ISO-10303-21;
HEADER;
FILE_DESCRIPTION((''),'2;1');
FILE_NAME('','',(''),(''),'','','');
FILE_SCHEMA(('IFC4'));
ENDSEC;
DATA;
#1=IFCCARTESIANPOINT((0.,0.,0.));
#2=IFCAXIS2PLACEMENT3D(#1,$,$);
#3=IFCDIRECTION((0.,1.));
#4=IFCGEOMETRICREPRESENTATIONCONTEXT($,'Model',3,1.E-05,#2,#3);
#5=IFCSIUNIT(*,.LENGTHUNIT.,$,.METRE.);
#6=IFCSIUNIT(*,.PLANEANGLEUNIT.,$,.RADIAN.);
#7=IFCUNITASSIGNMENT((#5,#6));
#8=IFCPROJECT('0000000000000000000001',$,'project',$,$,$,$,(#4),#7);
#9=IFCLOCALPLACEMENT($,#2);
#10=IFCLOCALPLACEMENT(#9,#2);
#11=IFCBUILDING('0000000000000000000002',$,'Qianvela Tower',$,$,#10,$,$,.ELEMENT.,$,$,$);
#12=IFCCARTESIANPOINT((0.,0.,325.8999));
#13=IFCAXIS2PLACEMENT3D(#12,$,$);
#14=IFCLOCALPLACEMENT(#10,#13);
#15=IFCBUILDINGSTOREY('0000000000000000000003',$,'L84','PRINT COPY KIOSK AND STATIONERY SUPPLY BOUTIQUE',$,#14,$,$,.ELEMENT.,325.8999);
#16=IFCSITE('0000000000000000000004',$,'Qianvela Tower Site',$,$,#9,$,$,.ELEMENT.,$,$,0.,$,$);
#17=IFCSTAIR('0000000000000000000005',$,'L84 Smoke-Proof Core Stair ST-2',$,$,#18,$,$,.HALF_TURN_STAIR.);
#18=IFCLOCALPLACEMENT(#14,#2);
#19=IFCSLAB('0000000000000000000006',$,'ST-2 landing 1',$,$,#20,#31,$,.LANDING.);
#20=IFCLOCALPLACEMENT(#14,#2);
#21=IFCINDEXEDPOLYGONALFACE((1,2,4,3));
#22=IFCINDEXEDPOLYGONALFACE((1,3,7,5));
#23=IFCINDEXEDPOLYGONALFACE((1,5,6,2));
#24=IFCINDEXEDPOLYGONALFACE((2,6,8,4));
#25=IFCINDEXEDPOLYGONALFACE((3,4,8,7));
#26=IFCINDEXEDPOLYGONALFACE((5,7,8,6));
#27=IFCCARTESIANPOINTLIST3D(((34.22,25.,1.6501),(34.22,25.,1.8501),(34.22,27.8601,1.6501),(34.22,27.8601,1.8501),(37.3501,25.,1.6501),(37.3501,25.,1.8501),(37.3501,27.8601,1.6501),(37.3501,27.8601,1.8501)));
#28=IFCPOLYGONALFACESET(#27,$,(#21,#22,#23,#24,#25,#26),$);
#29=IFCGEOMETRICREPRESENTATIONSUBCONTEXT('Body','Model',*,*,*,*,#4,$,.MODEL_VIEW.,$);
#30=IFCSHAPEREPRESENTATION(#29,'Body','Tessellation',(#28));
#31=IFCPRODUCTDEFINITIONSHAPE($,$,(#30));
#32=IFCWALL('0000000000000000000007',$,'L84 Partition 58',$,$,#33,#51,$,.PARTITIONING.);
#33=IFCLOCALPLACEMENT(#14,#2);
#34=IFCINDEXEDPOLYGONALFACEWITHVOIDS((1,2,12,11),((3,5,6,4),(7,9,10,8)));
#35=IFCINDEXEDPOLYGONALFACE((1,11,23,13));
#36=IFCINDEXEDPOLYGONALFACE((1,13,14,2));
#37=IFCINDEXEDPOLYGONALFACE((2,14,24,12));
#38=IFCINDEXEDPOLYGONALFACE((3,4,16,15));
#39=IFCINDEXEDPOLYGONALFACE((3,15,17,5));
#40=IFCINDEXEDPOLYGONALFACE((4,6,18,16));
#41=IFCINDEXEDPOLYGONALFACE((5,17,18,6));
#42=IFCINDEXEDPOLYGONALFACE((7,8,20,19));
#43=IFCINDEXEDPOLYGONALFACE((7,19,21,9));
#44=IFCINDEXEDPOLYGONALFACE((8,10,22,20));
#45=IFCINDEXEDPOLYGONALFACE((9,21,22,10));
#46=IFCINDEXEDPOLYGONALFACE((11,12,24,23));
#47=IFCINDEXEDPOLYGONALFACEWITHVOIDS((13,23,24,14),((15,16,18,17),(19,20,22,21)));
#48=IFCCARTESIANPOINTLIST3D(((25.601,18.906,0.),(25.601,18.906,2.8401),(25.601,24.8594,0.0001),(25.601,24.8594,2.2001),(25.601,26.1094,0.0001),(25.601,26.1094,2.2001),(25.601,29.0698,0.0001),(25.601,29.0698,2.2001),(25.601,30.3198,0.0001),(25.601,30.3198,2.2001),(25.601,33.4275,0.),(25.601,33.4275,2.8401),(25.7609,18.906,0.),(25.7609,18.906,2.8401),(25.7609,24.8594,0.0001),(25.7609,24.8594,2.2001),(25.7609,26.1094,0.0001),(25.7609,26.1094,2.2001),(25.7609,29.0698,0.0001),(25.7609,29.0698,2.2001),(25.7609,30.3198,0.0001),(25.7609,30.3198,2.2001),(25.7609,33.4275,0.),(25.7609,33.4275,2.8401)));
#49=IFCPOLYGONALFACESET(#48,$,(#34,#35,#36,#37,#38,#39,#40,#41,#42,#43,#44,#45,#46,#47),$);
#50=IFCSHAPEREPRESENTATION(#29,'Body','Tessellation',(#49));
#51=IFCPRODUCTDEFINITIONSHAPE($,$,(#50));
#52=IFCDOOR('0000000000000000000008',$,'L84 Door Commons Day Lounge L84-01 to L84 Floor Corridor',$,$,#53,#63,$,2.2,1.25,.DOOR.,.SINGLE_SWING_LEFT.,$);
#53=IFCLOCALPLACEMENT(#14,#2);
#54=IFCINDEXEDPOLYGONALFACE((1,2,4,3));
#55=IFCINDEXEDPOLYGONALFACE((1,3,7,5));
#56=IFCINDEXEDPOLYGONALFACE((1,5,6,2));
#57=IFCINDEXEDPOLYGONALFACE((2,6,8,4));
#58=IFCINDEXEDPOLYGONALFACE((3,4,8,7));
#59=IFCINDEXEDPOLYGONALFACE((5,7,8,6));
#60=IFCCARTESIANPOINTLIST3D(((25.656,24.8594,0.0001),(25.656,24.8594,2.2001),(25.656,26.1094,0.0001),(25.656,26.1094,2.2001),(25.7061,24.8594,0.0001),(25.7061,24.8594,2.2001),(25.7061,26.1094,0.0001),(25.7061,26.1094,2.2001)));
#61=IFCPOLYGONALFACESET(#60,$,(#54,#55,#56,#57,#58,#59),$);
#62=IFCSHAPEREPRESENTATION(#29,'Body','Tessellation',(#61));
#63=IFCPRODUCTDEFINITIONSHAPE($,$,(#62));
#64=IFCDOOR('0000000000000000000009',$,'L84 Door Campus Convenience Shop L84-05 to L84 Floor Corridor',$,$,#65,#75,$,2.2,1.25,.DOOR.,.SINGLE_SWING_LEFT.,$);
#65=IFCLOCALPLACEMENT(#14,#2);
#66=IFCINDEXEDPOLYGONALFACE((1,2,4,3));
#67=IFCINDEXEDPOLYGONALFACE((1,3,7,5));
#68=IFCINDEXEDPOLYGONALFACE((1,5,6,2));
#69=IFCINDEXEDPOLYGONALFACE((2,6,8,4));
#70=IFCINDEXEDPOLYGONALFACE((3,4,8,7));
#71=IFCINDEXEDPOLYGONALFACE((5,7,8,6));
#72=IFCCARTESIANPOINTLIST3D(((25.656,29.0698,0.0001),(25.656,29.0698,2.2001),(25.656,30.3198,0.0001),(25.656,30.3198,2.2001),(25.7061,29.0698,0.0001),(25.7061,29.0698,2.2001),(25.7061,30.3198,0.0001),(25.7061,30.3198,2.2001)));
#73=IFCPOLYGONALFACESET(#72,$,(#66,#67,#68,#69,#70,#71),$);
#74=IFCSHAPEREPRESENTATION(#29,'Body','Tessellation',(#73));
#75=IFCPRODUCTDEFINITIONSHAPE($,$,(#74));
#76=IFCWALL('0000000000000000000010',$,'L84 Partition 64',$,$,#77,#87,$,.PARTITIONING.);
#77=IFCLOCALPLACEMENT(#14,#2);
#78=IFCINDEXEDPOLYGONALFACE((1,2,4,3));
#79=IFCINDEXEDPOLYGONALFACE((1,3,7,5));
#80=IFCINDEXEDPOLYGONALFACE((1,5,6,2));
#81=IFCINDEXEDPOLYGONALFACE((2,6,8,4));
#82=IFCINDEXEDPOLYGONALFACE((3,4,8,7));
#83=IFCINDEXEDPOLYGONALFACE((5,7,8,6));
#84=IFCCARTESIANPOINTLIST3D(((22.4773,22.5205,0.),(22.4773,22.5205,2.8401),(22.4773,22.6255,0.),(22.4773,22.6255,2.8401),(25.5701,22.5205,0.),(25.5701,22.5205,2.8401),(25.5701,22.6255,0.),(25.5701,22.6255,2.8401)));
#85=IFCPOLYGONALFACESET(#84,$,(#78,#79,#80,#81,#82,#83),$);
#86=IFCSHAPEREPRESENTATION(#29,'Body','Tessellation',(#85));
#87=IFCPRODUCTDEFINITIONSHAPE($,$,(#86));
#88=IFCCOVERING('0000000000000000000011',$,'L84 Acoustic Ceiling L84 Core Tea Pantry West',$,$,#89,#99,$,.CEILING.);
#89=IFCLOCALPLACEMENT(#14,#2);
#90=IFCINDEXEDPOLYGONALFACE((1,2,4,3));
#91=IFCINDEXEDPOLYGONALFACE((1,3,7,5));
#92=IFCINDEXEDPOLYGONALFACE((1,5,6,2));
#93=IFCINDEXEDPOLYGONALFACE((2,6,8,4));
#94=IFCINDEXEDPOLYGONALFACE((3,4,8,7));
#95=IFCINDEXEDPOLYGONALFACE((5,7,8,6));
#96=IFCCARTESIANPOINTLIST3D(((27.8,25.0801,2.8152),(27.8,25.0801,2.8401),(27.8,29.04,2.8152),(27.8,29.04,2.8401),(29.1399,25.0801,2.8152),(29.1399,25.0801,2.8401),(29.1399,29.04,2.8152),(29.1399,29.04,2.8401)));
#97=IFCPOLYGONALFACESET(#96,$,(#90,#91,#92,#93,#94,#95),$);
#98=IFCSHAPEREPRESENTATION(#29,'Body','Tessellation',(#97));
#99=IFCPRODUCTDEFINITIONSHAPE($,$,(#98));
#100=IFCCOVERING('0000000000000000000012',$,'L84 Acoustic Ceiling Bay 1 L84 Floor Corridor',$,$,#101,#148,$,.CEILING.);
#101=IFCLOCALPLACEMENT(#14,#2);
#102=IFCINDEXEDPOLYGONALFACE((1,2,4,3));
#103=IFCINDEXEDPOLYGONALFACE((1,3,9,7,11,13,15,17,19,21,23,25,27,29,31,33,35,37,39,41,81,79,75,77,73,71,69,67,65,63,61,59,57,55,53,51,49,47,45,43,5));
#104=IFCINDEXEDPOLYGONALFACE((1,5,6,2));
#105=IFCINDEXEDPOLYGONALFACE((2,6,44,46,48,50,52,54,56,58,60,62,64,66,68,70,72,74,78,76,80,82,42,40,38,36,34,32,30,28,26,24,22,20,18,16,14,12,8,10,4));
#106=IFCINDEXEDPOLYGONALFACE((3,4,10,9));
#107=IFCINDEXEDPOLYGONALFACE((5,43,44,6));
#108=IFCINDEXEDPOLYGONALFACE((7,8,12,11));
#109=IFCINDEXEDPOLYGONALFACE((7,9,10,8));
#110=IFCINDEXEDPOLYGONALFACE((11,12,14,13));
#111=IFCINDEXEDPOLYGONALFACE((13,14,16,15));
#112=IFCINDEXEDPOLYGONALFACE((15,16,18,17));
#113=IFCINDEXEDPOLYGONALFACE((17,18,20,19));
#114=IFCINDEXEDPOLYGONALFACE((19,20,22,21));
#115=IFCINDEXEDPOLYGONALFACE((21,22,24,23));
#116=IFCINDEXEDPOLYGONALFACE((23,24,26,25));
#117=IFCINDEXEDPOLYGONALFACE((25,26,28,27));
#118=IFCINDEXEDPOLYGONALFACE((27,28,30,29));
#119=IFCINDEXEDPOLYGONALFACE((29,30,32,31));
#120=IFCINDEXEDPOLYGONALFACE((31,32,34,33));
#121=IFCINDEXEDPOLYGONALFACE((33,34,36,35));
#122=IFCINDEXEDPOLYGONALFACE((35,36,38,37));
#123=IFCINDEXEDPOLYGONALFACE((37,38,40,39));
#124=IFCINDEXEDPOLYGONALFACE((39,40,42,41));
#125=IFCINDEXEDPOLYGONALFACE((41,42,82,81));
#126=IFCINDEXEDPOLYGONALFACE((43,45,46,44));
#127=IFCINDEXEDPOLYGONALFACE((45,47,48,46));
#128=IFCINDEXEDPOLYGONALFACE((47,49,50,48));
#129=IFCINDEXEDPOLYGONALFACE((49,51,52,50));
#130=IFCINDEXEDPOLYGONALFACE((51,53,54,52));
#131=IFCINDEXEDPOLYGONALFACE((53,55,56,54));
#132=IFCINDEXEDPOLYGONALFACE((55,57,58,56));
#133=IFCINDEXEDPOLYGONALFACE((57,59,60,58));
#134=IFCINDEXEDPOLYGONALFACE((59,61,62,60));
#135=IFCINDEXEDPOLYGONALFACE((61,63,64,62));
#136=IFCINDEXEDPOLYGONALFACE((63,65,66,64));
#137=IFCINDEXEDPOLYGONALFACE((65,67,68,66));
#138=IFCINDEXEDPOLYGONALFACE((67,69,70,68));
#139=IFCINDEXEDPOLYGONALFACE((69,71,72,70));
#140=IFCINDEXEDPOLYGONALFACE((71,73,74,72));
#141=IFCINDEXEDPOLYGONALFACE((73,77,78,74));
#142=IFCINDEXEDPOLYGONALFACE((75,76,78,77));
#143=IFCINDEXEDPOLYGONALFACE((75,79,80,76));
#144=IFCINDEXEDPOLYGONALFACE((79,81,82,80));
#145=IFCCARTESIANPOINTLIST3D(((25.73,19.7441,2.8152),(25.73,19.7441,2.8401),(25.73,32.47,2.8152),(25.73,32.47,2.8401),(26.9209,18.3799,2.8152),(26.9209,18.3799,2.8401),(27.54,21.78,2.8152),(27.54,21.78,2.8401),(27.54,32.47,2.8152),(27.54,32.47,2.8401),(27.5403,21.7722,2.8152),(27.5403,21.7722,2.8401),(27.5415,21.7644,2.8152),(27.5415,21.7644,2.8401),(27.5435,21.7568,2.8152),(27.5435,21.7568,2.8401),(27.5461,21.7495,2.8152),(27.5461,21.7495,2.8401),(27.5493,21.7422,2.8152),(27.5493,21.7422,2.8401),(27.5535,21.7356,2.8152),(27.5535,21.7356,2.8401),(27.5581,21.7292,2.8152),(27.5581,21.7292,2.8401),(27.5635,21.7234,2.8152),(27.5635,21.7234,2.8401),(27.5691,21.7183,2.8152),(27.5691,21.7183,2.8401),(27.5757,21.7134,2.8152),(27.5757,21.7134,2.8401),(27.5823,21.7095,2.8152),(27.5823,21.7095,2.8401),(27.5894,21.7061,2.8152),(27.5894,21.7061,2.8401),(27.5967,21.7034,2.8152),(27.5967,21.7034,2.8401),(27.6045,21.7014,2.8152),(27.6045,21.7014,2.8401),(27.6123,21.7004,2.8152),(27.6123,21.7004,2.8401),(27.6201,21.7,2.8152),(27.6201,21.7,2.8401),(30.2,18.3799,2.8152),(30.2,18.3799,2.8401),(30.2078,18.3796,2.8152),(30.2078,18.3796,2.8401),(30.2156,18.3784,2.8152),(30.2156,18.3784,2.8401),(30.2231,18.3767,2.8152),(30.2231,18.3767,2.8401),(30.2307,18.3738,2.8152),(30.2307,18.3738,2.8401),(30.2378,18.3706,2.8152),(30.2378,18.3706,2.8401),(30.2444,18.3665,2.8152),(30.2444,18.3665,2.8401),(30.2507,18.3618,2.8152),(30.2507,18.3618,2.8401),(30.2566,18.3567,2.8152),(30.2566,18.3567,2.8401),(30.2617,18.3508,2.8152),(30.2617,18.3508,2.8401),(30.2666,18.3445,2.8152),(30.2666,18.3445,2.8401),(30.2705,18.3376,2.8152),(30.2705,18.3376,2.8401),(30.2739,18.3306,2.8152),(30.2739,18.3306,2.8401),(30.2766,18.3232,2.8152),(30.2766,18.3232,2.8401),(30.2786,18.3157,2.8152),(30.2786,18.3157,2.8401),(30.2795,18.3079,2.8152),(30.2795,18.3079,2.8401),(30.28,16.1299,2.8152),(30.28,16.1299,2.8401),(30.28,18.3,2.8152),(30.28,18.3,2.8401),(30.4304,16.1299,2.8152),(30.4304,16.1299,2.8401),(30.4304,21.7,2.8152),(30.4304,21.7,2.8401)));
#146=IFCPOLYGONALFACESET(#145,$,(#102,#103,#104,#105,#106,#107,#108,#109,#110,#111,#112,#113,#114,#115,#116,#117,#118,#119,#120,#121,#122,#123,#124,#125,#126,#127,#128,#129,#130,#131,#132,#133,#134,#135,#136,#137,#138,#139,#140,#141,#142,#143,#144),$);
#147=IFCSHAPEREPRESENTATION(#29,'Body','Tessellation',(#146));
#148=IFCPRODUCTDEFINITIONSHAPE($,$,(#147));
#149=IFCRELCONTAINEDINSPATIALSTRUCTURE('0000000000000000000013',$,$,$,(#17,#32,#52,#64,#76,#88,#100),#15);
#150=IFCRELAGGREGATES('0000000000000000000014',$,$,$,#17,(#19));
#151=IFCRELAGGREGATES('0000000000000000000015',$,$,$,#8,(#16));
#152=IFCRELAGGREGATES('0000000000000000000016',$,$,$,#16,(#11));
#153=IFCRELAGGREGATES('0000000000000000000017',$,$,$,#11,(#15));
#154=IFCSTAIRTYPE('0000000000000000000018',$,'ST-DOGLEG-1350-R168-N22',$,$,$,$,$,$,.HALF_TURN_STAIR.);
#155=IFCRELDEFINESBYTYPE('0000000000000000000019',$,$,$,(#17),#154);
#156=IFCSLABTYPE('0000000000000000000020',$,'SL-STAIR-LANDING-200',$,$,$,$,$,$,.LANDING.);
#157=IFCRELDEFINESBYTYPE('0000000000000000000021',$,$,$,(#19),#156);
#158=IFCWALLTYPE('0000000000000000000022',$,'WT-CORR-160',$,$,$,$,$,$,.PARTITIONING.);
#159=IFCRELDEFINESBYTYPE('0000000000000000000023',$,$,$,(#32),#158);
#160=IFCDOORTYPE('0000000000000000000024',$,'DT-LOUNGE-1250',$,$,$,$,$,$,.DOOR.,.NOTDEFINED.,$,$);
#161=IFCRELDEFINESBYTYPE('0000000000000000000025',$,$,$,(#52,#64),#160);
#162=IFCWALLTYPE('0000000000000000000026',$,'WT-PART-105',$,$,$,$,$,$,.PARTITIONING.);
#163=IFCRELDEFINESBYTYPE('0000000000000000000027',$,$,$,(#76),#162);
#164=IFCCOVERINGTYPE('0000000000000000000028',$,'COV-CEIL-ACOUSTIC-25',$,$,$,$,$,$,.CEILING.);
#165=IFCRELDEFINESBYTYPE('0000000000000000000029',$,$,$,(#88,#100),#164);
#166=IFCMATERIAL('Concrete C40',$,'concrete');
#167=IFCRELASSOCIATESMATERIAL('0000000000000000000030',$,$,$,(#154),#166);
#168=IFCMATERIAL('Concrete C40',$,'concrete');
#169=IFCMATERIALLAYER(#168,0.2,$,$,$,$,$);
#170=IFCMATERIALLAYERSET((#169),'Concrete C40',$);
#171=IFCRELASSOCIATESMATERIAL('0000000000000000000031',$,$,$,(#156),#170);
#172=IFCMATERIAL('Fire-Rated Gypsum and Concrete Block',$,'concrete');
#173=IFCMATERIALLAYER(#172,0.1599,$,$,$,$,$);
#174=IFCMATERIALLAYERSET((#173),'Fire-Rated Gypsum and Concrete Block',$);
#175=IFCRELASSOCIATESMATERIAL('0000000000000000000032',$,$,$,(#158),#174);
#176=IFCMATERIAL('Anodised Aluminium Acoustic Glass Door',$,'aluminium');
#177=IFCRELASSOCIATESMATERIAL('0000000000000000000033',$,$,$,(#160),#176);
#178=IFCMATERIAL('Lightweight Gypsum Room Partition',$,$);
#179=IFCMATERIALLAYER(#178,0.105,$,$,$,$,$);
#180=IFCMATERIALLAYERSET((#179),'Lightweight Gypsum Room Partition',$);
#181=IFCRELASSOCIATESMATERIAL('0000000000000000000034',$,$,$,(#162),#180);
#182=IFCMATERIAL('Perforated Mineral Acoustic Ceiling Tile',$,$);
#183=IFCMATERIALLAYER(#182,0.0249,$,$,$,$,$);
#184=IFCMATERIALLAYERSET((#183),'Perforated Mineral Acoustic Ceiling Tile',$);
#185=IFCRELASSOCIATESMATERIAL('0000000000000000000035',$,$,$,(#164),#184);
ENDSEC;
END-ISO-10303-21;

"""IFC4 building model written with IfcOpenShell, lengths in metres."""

from ifc_helpers import new_model, si_unit, direction, frame, frame_2d, origin, place, context, subcontext, project, spatial, polyline, rectangle, outline, extrude, material, layer, layer_set, type_object, element, fill, aggregate, save


model = new_model("IFC4")

# Units and contexts
model_context = context("Model", 3, precision=1e-05, world=origin(), true_north=direction((0.0, 1.0)))
body_context = subcontext(model_context, "Body", "Model", "MODEL_VIEW")
ifc_project = project(units=[si_unit("LENGTHUNIT", "METRE"), si_unit("PLANEANGLEUNIT", "RADIAN")], contexts=[model_context])

# Site, building, storey
site_placement = place(None, origin())
site = spatial("IfcSite", under=ifc_project, at=site_placement, Name="Qianvela Tower Site", CompositionType="ELEMENT", RefElevation=0.0)
building_placement = place(site_placement, origin())
building = spatial("IfcBuilding", under=site, at=building_placement, Name="Qianvela Tower", CompositionType="ELEMENT")
storey_placement = place(building_placement, frame((0.0, 0.0, 325.8999)))
storey = spatial("IfcBuildingStorey", under=building, at=storey_placement, Name="L84", Description="PRINT COPY KIOSK AND STATIONERY SUPPLY BOUTIQUE", CompositionType="ELEMENT", Elevation=325.8999)

# Stair, slab
ifc_material_1 = material(Name="Concrete C40", Category="concrete")
stair_type = type_object("IfcStairType", Name="ST-DOGLEG-1350-R168-N22", PredefinedType="HALF_TURN_STAIR", material=ifc_material_1)
ifc_material_2 = material(Name="Concrete C40", Category="concrete")
ifc_layer_1 = layer(ifc_material_2, 0.2)
ifc_layer_set_1 = layer_set([ifc_layer_1], Name="Concrete C40")
slab_type_1 = type_object("IfcSlabType", Name="SL-STAIR-LANDING-200", PredefinedType="LANDING", material=ifc_layer_set_1)
stair_1_placement = place(storey_placement, origin())
stair_1 = element("IfcStair", 1, at=stair_1_placement, inside=storey, type_object=stair_type, Name="L84 Smoke-Proof Core Stair ST-2", PredefinedType="HALF_TURN_STAIR")
slab_1_placement = place(storey_placement, frame((0.0, 0.0, 1.6501)))
slab_1 = element("IfcSlab", 2, at=slab_1_placement, type_object=slab_type_1, Name="ST-2 landing 1", PredefinedType="LANDING", context=body_context, shape_type="SweptSolid", body=[
    extrude(outline(polyline([(34.22, 25.0), (37.3501, 25.0), (37.3501, 27.8601), (34.22, 27.8601), (34.22, 25.0)])), origin(), (0.0, 0.0, 1.0), 0.2),
])
aggregate(stair_1, [slab_1])

# Wall, openings, doors
ifc_material_3 = material(Name="Fire-Rated Gypsum and Concrete Block", Category="concrete")
ifc_layer_2 = layer(ifc_material_3, 0.1599)
ifc_layer_set_2 = layer_set([ifc_layer_2], Name="Fire-Rated Gypsum and Concrete Block")
wall_type_1 = type_object("IfcWallType", Name="WT-CORR-160", PredefinedType="PARTITIONING", material=ifc_layer_set_2)
wall_1_placement = place(storey_placement, frame((25.6809, 18.906, 0.0), z_axis=(0.0, 0.0, 1.0), x_axis=(0.0, 1.0, 0.0)))
wall_1 = element("IfcWall", 3, at=wall_1_placement, inside=storey, type_object=wall_type_1, Name="L84 Partition 58", PredefinedType="PARTITIONING", context=body_context, shape_type="SweptSolid", body=[
    extrude(rectangle(XDim=14.5215, YDim=0.1599, at=frame_2d((7.2607, 0.0))), origin(), (0.0, 0.0, 1.0), 2.8401),
])
opening_1_placement = place(wall_1_placement, frame((5.9534, 0.0, 0.0)))
opening_1 = element("IfcOpeningElement", 4, at=opening_1_placement, cuts=wall_1, PredefinedType="OPENING", context=body_context, shape_type="SweptSolid", body=[
    extrude(rectangle(XDim=1.25, YDim=2.2, at=frame_2d((0.625, 1.1001))), frame((0.0, 0.0898, 0.0), z_axis=(0.0, -1.0, 0.0), x_axis=(1.0, 0.0, 0.0)), (0.0, 0.0, 1.0), 0.1799),
])
opening_2_placement = place(wall_1_placement, frame((10.1638, 0.0, 0.0)))
opening_2 = element("IfcOpeningElement", 5, at=opening_2_placement, cuts=wall_1, PredefinedType="OPENING", context=body_context, shape_type="SweptSolid", body=[
    extrude(rectangle(XDim=1.25, YDim=2.2, at=frame_2d((0.625, 1.1001))), frame((0.0, 0.0898, 0.0), z_axis=(0.0, -1.0, 0.0), x_axis=(1.0, 0.0, 0.0)), (0.0, 0.0, 1.0), 0.1799),
])
ifc_material_4 = material(Name="Anodised Aluminium Acoustic Glass Door", Category="aluminium")
door_type = type_object("IfcDoorType", Name="DT-LOUNGE-1250", OperationType="NOTDEFINED", PredefinedType="DOOR", material=ifc_material_4)
door_1_placement = place(opening_1_placement, origin())
door_1 = element("IfcDoor", 6, at=door_1_placement, inside=storey, type_object=door_type, Name="L84 Door Commons Day Lounge L84-01 to L84 Floor Corridor", OperationType="SINGLE_SWING_LEFT", OverallHeight=2.2, OverallWidth=1.25, PredefinedType="DOOR", context=body_context, shape_type="SweptSolid", body=[
    extrude(rectangle(XDim=1.25, YDim=2.2, at=frame_2d((0.625, 1.1001))), frame((0.0, 0.0249, 0.0), z_axis=(0.0, -1.0, 0.0), x_axis=(1.0, 0.0, 0.0)), (0.0, 0.0, 1.0), 0.05),
])
fill(opening_1, door_1)
door_2_placement = place(opening_2_placement, origin())
door_2 = element("IfcDoor", 7, at=door_2_placement, inside=storey, type_object=door_type, Name="L84 Door Campus Convenience Shop L84-05 to L84 Floor Corridor", OperationType="SINGLE_SWING_LEFT", OverallHeight=2.2, OverallWidth=1.25, PredefinedType="DOOR", context=body_context, shape_type="SweptSolid", body=[
    extrude(rectangle(XDim=1.25, YDim=2.2, at=frame_2d((0.625, 1.1001))), frame((0.0, 0.0249, 0.0), z_axis=(0.0, -1.0, 0.0), x_axis=(1.0, 0.0, 0.0)), (0.0, 0.0, 1.0), 0.05),
])
fill(opening_2, door_2)

# Wall
ifc_material_5 = material(Name="Lightweight Gypsum Room Partition")
ifc_layer_3 = layer(ifc_material_5, 0.105)
ifc_layer_set_3 = layer_set([ifc_layer_3], Name="Lightweight Gypsum Room Partition")
wall_type_2 = type_object("IfcWallType", Name="WT-PART-105", PredefinedType="PARTITIONING", material=ifc_layer_set_3)
wall_2_placement = place(storey_placement, frame((25.5701, 22.573, 0.0), z_axis=(0.0, 0.0, 1.0), x_axis=(-1.0, 0.0, 0.0)))
element("IfcWall", 8, at=wall_2_placement, inside=storey, type_object=wall_type_2, Name="L84 Partition 64", PredefinedType="PARTITIONING", context=body_context, shape_type="SweptSolid", body=[
    extrude(rectangle(XDim=3.0928, YDim=0.105, at=frame_2d((1.5464, 0.0))), origin(), (0.0, 0.0, 1.0), 2.8401),
])

# Coverings
ifc_material_6 = material(Name="Perforated Mineral Acoustic Ceiling Tile")
ifc_layer_4 = layer(ifc_material_6, 0.0249)
ifc_layer_set_4 = layer_set([ifc_layer_4], Name="Perforated Mineral Acoustic Ceiling Tile")
covering_type_1 = type_object("IfcCoveringType", Name="COV-CEIL-ACOUSTIC-25", PredefinedType="CEILING", material=ifc_layer_set_4)
covering_1_placement = place(storey_placement, frame((0.0, 0.0, 2.8152)))
element("IfcCovering", 9, at=covering_1_placement, inside=storey, type_object=covering_type_1, Name="L84 Acoustic Ceiling L84 Core Tea Pantry West", PredefinedType="CEILING", context=body_context, shape_type="SweptSolid", body=[
    extrude(outline(polyline([(27.8, 25.0801), (27.8, 29.04), (29.1399, 29.04), (29.1399, 25.0801), (27.8, 25.0801)])), origin(), (0.0, 0.0, 1.0), 0.0249),
])
covering_2_placement = place(storey_placement, frame((0.0, 0.0, 2.8152)))
element("IfcCovering", 10, at=covering_2_placement, inside=storey, type_object=covering_type_1, Name="L84 Acoustic Ceiling Bay 1 L84 Floor Corridor", PredefinedType="CEILING", context=body_context, shape_type="SweptSolid", body=[
    extrude(outline(polyline([(27.5403, 21.7722), (27.5415, 21.7644), (27.5435, 21.7568), (27.5461, 21.7495), (27.5493, 21.7422), (27.5535, 21.7356), (27.5581, 21.7292), (27.5635, 21.7234), (27.5691, 21.7183), (27.5757, 21.7134), (27.5823, 21.7095), (27.5894, 21.7061), (27.5967, 21.7034), (27.6045, 21.7014), (27.6123, 21.7004), (27.6201, 21.7), (30.4304, 21.7), (30.4304, 16.1299), (30.28, 16.1299), (30.28, 18.3), (30.2795, 18.3079), (30.2786, 18.3157), (30.2766, 18.3232), (30.2739, 18.3306), (30.2705, 18.3376), (30.2666, 18.3445), (30.2617, 18.3508), (30.2566, 18.3567), (30.2507, 18.3618), (30.2444, 18.3665), (30.2378, 18.3706), (30.2307, 18.3738), (30.2231, 18.3767), (30.2156, 18.3784), (30.2078, 18.3796), (30.2, 18.3799), (26.9209, 18.3799), (25.73, 19.7441), (25.73, 32.47), (27.54, 32.47), (27.54, 21.78), (27.5403, 21.7722)])), origin(), (0.0, 0.0, 1.0), 0.0249),
])

save(model, "model.ifc")
